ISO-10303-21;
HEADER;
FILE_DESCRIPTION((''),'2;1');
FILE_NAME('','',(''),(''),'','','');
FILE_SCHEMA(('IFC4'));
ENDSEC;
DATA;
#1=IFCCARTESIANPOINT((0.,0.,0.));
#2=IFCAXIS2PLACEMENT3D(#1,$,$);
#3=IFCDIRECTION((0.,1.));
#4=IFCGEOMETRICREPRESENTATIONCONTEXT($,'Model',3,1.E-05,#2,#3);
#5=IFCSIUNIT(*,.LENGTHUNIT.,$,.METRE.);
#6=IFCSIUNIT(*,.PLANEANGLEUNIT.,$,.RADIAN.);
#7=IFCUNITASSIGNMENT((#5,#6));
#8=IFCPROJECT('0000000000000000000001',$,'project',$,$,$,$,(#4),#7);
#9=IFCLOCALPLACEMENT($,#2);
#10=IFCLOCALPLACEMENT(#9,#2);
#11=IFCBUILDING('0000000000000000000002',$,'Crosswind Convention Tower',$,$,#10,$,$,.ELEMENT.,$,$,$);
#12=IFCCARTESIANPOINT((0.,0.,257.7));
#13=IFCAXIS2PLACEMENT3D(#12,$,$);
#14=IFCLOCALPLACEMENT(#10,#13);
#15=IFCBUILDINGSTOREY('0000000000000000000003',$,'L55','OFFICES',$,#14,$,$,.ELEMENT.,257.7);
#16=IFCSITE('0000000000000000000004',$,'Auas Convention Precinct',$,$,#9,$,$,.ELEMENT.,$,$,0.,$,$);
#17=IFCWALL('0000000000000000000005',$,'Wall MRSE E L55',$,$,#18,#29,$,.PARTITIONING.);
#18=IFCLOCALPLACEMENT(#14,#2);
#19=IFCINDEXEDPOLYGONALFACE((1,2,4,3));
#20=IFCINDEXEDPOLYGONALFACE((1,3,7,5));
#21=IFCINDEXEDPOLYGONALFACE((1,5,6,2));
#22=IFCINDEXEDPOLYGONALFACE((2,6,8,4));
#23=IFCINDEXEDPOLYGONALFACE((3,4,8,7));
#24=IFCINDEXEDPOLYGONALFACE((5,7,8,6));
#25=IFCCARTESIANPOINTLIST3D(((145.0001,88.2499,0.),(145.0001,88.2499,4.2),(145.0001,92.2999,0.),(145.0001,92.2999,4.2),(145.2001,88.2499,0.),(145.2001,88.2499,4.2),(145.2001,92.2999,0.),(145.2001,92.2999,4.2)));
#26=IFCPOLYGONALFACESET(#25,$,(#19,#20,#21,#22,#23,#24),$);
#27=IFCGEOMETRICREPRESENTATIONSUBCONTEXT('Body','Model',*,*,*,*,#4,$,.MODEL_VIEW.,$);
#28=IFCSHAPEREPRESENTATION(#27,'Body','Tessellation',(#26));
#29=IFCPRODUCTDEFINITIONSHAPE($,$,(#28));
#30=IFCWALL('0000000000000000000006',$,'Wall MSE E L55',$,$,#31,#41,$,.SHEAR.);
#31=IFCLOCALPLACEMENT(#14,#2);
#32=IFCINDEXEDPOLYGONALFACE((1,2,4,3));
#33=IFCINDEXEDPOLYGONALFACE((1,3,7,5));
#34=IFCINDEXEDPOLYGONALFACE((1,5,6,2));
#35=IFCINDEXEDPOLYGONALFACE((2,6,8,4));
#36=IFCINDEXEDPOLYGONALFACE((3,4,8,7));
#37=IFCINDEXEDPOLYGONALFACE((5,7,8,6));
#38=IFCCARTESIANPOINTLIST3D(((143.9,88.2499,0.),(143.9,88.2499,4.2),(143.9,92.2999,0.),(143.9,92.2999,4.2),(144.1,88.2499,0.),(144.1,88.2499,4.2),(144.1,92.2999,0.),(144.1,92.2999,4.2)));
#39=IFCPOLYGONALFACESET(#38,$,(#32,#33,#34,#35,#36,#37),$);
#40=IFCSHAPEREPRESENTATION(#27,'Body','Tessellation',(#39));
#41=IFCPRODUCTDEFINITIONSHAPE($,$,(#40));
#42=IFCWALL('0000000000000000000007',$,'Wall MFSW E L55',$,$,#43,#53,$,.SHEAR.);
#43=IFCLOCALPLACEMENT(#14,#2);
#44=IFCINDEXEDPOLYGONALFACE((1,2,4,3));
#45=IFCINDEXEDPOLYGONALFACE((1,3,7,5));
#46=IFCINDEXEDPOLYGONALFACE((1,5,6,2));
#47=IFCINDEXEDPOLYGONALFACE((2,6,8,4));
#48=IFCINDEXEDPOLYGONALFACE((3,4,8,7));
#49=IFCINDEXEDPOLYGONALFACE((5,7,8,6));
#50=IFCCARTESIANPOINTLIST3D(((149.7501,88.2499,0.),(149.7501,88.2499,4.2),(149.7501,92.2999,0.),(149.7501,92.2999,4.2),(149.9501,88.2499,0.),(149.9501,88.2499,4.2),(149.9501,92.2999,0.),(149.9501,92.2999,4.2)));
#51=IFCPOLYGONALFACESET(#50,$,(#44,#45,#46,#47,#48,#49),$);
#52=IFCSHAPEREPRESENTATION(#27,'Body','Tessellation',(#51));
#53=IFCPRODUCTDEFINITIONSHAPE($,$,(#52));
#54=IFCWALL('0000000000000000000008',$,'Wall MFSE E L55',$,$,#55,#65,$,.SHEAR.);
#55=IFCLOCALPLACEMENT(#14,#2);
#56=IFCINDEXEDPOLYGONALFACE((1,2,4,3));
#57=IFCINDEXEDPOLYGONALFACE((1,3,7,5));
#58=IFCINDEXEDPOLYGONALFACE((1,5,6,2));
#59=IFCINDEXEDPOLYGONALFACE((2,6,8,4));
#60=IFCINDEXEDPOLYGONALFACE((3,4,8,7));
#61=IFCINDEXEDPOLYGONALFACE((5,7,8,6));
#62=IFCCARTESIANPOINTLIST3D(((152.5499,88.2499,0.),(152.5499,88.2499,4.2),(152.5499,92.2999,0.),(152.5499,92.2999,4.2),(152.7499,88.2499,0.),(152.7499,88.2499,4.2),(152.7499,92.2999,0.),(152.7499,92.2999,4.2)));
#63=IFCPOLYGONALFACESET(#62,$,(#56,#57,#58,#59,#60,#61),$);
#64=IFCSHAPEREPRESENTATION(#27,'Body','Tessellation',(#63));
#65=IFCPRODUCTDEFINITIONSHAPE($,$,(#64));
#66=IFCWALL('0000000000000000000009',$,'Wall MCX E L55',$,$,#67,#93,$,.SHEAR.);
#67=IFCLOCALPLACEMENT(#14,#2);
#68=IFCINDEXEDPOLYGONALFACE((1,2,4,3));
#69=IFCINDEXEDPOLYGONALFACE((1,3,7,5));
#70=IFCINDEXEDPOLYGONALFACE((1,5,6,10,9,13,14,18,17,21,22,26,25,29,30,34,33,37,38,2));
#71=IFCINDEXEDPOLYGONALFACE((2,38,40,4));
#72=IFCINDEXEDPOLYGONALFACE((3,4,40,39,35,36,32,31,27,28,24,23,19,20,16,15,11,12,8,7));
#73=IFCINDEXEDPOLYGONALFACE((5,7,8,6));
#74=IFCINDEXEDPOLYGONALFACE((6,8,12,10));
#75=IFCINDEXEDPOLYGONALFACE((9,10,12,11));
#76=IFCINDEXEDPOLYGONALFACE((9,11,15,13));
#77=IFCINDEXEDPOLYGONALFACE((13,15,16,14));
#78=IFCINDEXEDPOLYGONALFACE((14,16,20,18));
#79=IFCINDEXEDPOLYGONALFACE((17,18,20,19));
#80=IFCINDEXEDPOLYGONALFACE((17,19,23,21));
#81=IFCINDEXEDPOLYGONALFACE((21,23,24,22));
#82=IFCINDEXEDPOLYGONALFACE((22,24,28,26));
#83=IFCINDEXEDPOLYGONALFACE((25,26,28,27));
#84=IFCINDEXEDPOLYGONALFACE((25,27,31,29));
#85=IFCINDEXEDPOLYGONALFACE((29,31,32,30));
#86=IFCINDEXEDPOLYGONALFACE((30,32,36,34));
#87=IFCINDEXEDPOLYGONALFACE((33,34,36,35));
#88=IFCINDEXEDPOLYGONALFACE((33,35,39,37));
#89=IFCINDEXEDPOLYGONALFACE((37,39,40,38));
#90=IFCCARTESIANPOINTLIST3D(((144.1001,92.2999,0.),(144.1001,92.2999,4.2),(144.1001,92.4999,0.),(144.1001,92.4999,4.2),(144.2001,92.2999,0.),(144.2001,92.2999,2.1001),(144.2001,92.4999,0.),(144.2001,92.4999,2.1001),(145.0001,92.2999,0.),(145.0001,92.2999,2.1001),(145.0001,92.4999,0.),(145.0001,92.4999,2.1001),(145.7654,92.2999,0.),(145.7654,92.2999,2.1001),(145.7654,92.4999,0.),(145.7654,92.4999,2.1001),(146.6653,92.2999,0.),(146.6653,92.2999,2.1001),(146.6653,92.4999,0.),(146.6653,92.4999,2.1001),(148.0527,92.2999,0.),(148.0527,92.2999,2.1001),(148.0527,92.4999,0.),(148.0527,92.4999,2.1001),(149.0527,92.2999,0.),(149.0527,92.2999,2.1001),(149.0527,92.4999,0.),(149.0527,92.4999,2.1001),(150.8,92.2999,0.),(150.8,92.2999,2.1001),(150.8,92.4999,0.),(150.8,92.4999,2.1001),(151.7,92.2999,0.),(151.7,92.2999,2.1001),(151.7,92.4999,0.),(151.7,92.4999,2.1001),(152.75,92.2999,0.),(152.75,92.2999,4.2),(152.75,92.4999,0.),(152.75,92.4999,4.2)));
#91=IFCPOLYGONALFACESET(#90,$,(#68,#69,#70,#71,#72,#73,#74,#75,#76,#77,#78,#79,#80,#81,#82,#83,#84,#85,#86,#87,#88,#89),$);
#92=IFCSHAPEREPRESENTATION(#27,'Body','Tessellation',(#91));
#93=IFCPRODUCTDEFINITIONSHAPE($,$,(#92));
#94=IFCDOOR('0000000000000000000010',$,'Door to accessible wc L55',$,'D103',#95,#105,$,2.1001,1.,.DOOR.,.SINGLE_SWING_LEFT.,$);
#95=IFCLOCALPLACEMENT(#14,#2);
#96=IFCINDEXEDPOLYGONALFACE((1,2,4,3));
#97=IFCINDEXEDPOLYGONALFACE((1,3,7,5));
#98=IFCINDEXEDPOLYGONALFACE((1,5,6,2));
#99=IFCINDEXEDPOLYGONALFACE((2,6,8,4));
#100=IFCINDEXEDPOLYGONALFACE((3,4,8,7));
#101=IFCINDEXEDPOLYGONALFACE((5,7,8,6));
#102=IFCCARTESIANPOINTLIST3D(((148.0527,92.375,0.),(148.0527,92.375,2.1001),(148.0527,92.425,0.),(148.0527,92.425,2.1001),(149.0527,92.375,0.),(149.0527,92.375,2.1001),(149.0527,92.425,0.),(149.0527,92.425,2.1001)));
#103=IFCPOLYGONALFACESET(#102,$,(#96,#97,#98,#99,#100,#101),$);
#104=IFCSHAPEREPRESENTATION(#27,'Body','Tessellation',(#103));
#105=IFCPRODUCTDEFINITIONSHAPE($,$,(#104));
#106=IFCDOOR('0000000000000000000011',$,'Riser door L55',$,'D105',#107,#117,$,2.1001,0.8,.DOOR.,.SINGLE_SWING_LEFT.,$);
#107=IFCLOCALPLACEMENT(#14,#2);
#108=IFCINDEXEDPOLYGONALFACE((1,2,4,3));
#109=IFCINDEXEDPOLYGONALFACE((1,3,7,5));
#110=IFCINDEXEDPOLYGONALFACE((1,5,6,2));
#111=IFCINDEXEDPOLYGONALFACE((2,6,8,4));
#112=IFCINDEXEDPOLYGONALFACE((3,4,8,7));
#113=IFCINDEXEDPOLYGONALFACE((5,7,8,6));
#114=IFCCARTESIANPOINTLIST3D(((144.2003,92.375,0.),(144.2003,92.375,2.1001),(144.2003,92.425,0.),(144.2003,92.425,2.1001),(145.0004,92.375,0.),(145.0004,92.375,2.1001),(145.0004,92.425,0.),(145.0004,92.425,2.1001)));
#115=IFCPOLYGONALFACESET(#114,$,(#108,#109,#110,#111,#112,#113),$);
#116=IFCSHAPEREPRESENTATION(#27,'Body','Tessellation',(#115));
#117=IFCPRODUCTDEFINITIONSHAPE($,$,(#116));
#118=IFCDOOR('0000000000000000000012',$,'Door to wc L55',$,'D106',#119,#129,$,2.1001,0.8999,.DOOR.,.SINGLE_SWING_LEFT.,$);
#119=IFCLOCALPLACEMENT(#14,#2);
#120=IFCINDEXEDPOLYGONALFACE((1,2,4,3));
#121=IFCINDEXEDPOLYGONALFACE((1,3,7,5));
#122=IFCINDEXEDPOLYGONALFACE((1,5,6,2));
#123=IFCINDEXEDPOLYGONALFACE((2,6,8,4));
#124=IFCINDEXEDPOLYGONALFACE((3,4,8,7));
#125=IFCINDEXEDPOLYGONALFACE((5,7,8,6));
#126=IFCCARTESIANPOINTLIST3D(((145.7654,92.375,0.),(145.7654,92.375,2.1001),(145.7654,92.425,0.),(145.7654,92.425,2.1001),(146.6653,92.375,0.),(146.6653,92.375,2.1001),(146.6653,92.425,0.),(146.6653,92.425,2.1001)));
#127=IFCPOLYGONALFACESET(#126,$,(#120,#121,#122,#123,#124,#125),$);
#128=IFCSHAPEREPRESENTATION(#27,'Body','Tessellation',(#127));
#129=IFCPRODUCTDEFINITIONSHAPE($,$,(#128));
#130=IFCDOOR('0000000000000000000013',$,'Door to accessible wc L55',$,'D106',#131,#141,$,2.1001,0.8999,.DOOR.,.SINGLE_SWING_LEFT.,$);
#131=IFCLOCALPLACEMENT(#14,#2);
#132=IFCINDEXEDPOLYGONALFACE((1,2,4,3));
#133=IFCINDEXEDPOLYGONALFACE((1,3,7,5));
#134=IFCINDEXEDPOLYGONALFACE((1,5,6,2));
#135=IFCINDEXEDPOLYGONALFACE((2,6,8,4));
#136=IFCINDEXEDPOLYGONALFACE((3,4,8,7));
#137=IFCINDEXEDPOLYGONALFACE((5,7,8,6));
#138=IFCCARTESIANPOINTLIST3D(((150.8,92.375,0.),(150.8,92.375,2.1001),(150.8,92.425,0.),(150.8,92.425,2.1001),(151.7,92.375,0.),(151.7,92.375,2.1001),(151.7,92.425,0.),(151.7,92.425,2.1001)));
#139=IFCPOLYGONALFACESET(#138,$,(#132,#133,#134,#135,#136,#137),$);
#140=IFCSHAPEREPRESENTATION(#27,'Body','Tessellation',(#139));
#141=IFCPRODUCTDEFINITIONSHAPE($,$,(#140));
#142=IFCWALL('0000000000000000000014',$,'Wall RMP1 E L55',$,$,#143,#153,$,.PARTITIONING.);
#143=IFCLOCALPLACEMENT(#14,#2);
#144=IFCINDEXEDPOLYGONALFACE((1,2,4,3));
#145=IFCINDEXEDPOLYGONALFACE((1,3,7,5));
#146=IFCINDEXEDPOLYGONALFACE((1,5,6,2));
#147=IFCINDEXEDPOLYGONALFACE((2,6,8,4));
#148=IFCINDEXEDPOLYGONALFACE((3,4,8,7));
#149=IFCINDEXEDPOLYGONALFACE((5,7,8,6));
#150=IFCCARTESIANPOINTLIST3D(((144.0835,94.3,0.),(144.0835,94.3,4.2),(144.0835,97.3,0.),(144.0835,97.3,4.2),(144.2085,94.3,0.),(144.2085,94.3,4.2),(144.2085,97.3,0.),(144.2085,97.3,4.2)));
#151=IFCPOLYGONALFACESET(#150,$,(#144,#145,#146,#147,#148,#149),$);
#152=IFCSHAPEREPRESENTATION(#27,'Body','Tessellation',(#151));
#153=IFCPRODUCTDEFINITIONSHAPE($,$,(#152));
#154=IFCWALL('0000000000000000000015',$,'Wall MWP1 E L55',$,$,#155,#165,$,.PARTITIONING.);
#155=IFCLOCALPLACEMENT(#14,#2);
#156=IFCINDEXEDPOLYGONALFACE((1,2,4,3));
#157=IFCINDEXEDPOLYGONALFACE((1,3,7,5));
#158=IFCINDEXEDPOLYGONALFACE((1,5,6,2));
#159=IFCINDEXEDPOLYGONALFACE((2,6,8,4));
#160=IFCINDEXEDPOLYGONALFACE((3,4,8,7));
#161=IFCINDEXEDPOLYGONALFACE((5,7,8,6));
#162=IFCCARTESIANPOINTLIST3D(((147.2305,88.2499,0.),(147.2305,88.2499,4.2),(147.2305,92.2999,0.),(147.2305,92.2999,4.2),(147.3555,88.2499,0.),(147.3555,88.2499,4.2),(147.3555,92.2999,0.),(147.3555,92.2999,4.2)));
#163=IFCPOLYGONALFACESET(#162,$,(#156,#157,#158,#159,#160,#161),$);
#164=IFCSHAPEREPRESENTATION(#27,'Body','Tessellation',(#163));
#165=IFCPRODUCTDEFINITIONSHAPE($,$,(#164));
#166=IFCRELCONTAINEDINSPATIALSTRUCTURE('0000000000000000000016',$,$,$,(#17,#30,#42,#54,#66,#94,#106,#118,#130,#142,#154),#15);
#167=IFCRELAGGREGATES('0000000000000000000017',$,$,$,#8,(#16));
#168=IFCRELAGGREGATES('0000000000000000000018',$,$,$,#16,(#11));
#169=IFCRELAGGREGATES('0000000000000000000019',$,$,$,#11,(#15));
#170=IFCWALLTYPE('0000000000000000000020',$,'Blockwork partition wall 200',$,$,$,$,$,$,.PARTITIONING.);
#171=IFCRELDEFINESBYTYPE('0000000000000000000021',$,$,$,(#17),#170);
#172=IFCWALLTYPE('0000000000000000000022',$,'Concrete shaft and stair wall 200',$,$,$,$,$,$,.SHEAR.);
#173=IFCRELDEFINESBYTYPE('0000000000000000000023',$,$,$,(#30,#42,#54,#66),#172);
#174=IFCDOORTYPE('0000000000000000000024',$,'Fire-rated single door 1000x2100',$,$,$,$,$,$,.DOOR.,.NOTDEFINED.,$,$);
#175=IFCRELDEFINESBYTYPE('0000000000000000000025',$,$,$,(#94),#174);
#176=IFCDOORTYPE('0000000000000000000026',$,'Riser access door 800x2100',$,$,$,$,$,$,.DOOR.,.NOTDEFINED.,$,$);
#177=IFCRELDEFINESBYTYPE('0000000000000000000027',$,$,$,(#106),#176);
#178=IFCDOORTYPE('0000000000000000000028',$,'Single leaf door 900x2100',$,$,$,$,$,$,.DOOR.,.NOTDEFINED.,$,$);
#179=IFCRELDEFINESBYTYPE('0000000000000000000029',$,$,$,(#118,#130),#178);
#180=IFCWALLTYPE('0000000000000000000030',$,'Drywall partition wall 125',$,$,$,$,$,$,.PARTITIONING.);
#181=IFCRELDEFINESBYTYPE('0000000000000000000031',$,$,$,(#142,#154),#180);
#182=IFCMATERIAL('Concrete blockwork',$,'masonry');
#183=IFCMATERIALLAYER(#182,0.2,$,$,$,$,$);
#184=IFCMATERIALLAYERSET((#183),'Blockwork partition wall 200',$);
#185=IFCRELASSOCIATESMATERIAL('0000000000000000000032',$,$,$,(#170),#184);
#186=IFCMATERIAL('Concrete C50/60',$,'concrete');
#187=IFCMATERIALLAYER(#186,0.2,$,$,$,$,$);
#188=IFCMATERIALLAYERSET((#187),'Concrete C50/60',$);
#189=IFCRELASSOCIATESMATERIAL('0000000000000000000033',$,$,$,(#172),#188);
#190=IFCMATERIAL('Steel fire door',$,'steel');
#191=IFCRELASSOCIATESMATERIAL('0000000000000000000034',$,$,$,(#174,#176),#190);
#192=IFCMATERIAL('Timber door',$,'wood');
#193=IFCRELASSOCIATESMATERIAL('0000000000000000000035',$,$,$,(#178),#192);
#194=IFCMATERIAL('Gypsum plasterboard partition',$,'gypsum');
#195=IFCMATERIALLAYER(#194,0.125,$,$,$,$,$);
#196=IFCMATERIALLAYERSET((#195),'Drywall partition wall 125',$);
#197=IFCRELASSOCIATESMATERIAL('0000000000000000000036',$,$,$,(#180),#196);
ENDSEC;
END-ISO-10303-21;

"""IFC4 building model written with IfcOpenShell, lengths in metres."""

from ifc_helpers import new_model, si_unit, direction, frame, frame_2d, origin, place, context, subcontext, project, spatial, rectangle, extrude, material, layer, layer_set, type_object, element, fill, save


model = new_model("IFC4")

# Units and contexts
model_context = context("Model", 3, precision=1e-05, world=origin(), true_north=direction((0.0, 1.0)))
body_context = subcontext(model_context, "Body", "Model", "MODEL_VIEW")
ifc_project = project(units=[si_unit("LENGTHUNIT", "METRE"), si_unit("PLANEANGLEUNIT", "RADIAN")], contexts=[model_context])

# Site, building, storey
site_placement = place(None, origin())
site = spatial("IfcSite", under=ifc_project, at=site_placement, Name="Auas Convention Precinct", CompositionType="ELEMENT", RefElevation=0.0)
building_placement = place(site_placement, origin())
building = spatial("IfcBuilding", under=site, at=building_placement, Name="Crosswind Convention Tower", CompositionType="ELEMENT")
storey_placement = place(building_placement, frame((0.0, 0.0, 257.7)))
storey = spatial("IfcBuildingStorey", under=building, at=storey_placement, Name="L55", Description="OFFICES", CompositionType="ELEMENT", Elevation=257.7)

# Walls
ifc_material_1 = material(Name="Concrete blockwork", Category="masonry")
ifc_layer_1 = layer(ifc_material_1, 0.2)
ifc_layer_set_1 = layer_set([ifc_layer_1], Name="Blockwork partition wall 200")
wall_type_1 = type_object("IfcWallType", Name="Blockwork partition wall 200", PredefinedType="PARTITIONING", material=ifc_layer_set_1)
wall_1_placement = place(storey_placement, frame((145.1001, 88.25, 0.0), z_axis=(0.0, 0.0, 1.0), x_axis=(0.0, 1.0, 0.0)))
element("IfcWall", 1, at=wall_1_placement, inside=storey, type_object=wall_type_1, Name="Wall MRSE E L55", PredefinedType="PARTITIONING", context=body_context, shape_type="SweptSolid", body=[
    extrude(rectangle(XDim=4.05, YDim=0.2, at=frame_2d((2.0249, 0.0))), origin(), (0.0, 0.0, 1.0), 4.2),
])
ifc_material_2 = material(Name="Concrete C50/60", Category="concrete")
ifc_layer_2 = layer(ifc_material_2, 0.2)
ifc_layer_set_2 = layer_set([ifc_layer_2], Name="Concrete C50/60")
wall_type_2 = type_object("IfcWallType", Name="Concrete shaft and stair wall 200", PredefinedType="SHEAR", material=ifc_layer_set_2)
for number, where, z_axis, x_axis, name in (
    (2, (144.0, 88.25, 0.0), (0.0, 0.0, 1.0), (0.0, 1.0, 0.0), "Wall MSE E L55"),
    (3, (149.8501, 88.25, 0.0), (0.0, 0.0, 1.0), (0.0, 1.0, 0.0), "Wall MFSW E L55"),
    (4, (152.6499, 88.25, 0.0), (0.0, 0.0, 1.0), (0.0, 1.0, 0.0), "Wall MFSE E L55"),
):
    element("IfcWall", number, at=place(storey_placement, frame(where, z_axis=z_axis, x_axis=x_axis)), inside=storey, type_object=wall_type_2, Name=name, PredefinedType="SHEAR", context=body_context, shape_type="SweptSolid", body=[
        extrude(rectangle(XDim=4.05, YDim=0.2, at=frame_2d((2.0249, 0.0))), origin(), (0.0, 0.0, 1.0), 4.2),
    ])

# Wall, openings, doors
wall_2_placement = place(storey_placement, frame((144.1001, 92.3999, 0.0), z_axis=(0.0, 0.0, 1.0), x_axis=(1.0, 0.0, 0.0)))
wall_2 = element("IfcWall", 5, at=wall_2_placement, inside=storey, type_object=wall_type_2, Name="Wall MCX E L55", PredefinedType="SHEAR", context=body_context, shape_type="SweptSolid", body=[
    extrude(rectangle(XDim=8.6499, YDim=0.2, at=frame_2d((4.325, 0.0))), origin(), (0.0, 0.0, 1.0), 4.2),
])
opening_1_placement = place(wall_2_placement, frame((0.1001, 0.0, 0.0)))
opening_1 = element("IfcOpeningElement", 6, at=opening_1_placement, cuts=wall_2, PredefinedType="OPENING", context=body_context, shape_type="SweptSolid", body=[
    extrude(rectangle(XDim=0.8, YDim=2.1001, at=frame_2d((0.3999, 1.05))), frame((0.0, 0.1099, 0.0), z_axis=(0.0, -1.0, 0.0), x_axis=(1.0, 0.0, 0.0)), (0.0, 0.0, 1.0), 0.22),
])
opening_2_placement = place(wall_2_placement, frame((1.6653, 0.0, 0.0)))
opening_2 = element("IfcOpeningElement", 7, at=opening_2_placement, cuts=wall_2, PredefinedType="OPENING", context=body_context, shape_type="SweptSolid", body=[
    extrude(rectangle(XDim=0.8999, YDim=2.1001, at=frame_2d((0.45, 1.05))), frame((0.0, 0.1099, 0.0), z_axis=(0.0, -1.0, 0.0), x_axis=(1.0, 0.0, 0.0)), (0.0, 0.0, 1.0), 0.22),
])
opening_3_placement = place(wall_2_placement, frame((3.9526, 0.0, 0.0)))
opening_3 = element("IfcOpeningElement", 8, at=opening_3_placement, cuts=wall_2, PredefinedType="OPENING", context=body_context, shape_type="SweptSolid", body=[
    extrude(rectangle(XDim=1.0, YDim=2.1001, at=frame_2d((0.5, 1.05))), frame((0.0, 0.1099, 0.0), z_axis=(0.0, -1.0, 0.0), x_axis=(1.0, 0.0, 0.0)), (0.0, 0.0, 1.0), 0.22),
])
opening_4_placement = place(wall_2_placement, frame((6.7, 0.0, 0.0)))
opening_4 = element("IfcOpeningElement", 9, at=opening_4_placement, cuts=wall_2, PredefinedType="OPENING", context=body_context, shape_type="SweptSolid", body=[
    extrude(rectangle(XDim=0.8999, YDim=2.1001, at=frame_2d((0.45, 1.05))), frame((0.0, 0.1099, 0.0), z_axis=(0.0, -1.0, 0.0), x_axis=(1.0, 0.0, 0.0)), (0.0, 0.0, 1.0), 0.22),
])
ifc_material_3 = material(Name="Steel fire door", Category="steel")
door_type_1 = type_object("IfcDoorType", Name="Fire-rated single door 1000x2100", OperationType="NOTDEFINED", PredefinedType="DOOR", material=ifc_material_3)
door_1_placement = place(opening_3_placement, frame((1.0, 0.0, 0.0), z_axis=(0.0, 0.0, 1.0), x_axis=(-1.0, 0.0, 0.0)))
door_1 = element("IfcDoor", 10, at=door_1_placement, inside=storey, type_object=door_type_1, Name="Door to accessible wc L55", ObjectType="D103", OperationType="SINGLE_SWING_LEFT", OverallHeight=2.1001, OverallWidth=1.0, PredefinedType="DOOR", context=body_context, shape_type="SweptSolid", body=[
    extrude(rectangle(XDim=1.0, YDim=2.1001, at=frame_2d((0.5, 1.05))), frame((0.0, 0.0249, 0.0), z_axis=(0.0, -1.0, 0.0), x_axis=(1.0, 0.0, 0.0)), (0.0, 0.0, 1.0), 0.05),
])
fill(opening_3, door_1)
door_type_2 = type_object("IfcDoorType", Name="Riser access door 800x2100", OperationType="NOTDEFINED", PredefinedType="DOOR", material=ifc_material_3)
door_2_placement = place(opening_1_placement, frame((0.8, 0.0, 0.0), z_axis=(0.0, 0.0, 1.0), x_axis=(-1.0, 0.0, 0.0)))
door_2 = element("IfcDoor", 11, at=door_2_placement, inside=storey, type_object=door_type_2, Name="Riser door L55", ObjectType="D105", OperationType="SINGLE_SWING_LEFT", OverallHeight=2.1001, OverallWidth=0.8, PredefinedType="DOOR", context=body_context, shape_type="SweptSolid", body=[
    extrude(rectangle(XDim=0.8, YDim=2.1001, at=frame_2d((0.3999, 1.05))), frame((0.0, 0.0249, 0.0), z_axis=(0.0, -1.0, 0.0), x_axis=(1.0, 0.0, 0.0)), (0.0, 0.0, 1.0), 0.05),
])
fill(opening_1, door_2)
ifc_material_4 = material(Name="Timber door", Category="wood")
door_type_3 = type_object("IfcDoorType", Name="Single leaf door 900x2100", OperationType="NOTDEFINED", PredefinedType="DOOR", material=ifc_material_4)
door_3_placement = place(opening_2_placement, frame((0.8999, 0.0, 0.0), z_axis=(0.0, 0.0, 1.0), x_axis=(-1.0, 0.0, 0.0)))
door_3 = element("IfcDoor", 12, at=door_3_placement, inside=storey, type_object=door_type_3, Name="Door to wc L55", ObjectType="D106", OperationType="SINGLE_SWING_LEFT", OverallHeight=2.1001, OverallWidth=0.8999, PredefinedType="DOOR", context=body_context, shape_type="SweptSolid", body=[
    extrude(rectangle(XDim=0.8999, YDim=2.1001, at=frame_2d((0.45, 1.05))), frame((0.0, 0.0249, 0.0), z_axis=(0.0, -1.0, 0.0), x_axis=(1.0, 0.0, 0.0)), (0.0, 0.0, 1.0), 0.05),
])
fill(opening_2, door_3)
door_4_placement = place(opening_4_placement, frame((0.8999, 0.0, 0.0), z_axis=(0.0, 0.0, 1.0), x_axis=(-1.0, 0.0, 0.0)))
door_4 = element("IfcDoor", 13, at=door_4_placement, inside=storey, type_object=door_type_3, Name="Door to accessible wc L55", ObjectType="D106", OperationType="SINGLE_SWING_LEFT", OverallHeight=2.1001, OverallWidth=0.8999, PredefinedType="DOOR", context=body_context, shape_type="SweptSolid", body=[
    extrude(rectangle(XDim=0.8999, YDim=2.1001, at=frame_2d((0.45, 1.05))), frame((0.0, 0.0249, 0.0), z_axis=(0.0, -1.0, 0.0), x_axis=(1.0, 0.0, 0.0)), (0.0, 0.0, 1.0), 0.05),
])
fill(opening_4, door_4)

# Walls
ifc_material_5 = material(Name="Gypsum plasterboard partition", Category="gypsum")
ifc_layer_3 = layer(ifc_material_5, 0.125)
ifc_layer_set_3 = layer_set([ifc_layer_3], Name="Drywall partition wall 125")
wall_type_3 = type_object("IfcWallType", Name="Drywall partition wall 125", PredefinedType="PARTITIONING", material=ifc_layer_set_3)
wall_3_placement = place(storey_placement, frame((144.146, 94.3, 0.0), z_axis=(0.0, 0.0, 1.0), x_axis=(0.0, 1.0, 0.0)))
element("IfcWall", 14, at=wall_3_placement, inside=storey, type_object=wall_type_3, Name="Wall RMP1 E L55", PredefinedType="PARTITIONING", context=body_context, shape_type="SweptSolid", body=[
    extrude(rectangle(XDim=3.0, YDim=0.125, at=frame_2d((1.5, 0.0))), origin(), (0.0, 0.0, 1.0), 4.2),
])
wall_4_placement = place(storey_placement, frame((147.293, 88.25, 0.0), z_axis=(0.0, 0.0, 1.0), x_axis=(0.0, 1.0, 0.0)))
element("IfcWall", 15, at=wall_4_placement, inside=storey, type_object=wall_type_3, Name="Wall MWP1 E L55", PredefinedType="PARTITIONING", context=body_context, shape_type="SweptSolid", body=[
    extrude(rectangle(XDim=4.05, YDim=0.125, at=frame_2d((2.0249, 0.0))), origin(), (0.0, 0.0, 1.0), 4.2),
])

save(model, "model.ifc")
